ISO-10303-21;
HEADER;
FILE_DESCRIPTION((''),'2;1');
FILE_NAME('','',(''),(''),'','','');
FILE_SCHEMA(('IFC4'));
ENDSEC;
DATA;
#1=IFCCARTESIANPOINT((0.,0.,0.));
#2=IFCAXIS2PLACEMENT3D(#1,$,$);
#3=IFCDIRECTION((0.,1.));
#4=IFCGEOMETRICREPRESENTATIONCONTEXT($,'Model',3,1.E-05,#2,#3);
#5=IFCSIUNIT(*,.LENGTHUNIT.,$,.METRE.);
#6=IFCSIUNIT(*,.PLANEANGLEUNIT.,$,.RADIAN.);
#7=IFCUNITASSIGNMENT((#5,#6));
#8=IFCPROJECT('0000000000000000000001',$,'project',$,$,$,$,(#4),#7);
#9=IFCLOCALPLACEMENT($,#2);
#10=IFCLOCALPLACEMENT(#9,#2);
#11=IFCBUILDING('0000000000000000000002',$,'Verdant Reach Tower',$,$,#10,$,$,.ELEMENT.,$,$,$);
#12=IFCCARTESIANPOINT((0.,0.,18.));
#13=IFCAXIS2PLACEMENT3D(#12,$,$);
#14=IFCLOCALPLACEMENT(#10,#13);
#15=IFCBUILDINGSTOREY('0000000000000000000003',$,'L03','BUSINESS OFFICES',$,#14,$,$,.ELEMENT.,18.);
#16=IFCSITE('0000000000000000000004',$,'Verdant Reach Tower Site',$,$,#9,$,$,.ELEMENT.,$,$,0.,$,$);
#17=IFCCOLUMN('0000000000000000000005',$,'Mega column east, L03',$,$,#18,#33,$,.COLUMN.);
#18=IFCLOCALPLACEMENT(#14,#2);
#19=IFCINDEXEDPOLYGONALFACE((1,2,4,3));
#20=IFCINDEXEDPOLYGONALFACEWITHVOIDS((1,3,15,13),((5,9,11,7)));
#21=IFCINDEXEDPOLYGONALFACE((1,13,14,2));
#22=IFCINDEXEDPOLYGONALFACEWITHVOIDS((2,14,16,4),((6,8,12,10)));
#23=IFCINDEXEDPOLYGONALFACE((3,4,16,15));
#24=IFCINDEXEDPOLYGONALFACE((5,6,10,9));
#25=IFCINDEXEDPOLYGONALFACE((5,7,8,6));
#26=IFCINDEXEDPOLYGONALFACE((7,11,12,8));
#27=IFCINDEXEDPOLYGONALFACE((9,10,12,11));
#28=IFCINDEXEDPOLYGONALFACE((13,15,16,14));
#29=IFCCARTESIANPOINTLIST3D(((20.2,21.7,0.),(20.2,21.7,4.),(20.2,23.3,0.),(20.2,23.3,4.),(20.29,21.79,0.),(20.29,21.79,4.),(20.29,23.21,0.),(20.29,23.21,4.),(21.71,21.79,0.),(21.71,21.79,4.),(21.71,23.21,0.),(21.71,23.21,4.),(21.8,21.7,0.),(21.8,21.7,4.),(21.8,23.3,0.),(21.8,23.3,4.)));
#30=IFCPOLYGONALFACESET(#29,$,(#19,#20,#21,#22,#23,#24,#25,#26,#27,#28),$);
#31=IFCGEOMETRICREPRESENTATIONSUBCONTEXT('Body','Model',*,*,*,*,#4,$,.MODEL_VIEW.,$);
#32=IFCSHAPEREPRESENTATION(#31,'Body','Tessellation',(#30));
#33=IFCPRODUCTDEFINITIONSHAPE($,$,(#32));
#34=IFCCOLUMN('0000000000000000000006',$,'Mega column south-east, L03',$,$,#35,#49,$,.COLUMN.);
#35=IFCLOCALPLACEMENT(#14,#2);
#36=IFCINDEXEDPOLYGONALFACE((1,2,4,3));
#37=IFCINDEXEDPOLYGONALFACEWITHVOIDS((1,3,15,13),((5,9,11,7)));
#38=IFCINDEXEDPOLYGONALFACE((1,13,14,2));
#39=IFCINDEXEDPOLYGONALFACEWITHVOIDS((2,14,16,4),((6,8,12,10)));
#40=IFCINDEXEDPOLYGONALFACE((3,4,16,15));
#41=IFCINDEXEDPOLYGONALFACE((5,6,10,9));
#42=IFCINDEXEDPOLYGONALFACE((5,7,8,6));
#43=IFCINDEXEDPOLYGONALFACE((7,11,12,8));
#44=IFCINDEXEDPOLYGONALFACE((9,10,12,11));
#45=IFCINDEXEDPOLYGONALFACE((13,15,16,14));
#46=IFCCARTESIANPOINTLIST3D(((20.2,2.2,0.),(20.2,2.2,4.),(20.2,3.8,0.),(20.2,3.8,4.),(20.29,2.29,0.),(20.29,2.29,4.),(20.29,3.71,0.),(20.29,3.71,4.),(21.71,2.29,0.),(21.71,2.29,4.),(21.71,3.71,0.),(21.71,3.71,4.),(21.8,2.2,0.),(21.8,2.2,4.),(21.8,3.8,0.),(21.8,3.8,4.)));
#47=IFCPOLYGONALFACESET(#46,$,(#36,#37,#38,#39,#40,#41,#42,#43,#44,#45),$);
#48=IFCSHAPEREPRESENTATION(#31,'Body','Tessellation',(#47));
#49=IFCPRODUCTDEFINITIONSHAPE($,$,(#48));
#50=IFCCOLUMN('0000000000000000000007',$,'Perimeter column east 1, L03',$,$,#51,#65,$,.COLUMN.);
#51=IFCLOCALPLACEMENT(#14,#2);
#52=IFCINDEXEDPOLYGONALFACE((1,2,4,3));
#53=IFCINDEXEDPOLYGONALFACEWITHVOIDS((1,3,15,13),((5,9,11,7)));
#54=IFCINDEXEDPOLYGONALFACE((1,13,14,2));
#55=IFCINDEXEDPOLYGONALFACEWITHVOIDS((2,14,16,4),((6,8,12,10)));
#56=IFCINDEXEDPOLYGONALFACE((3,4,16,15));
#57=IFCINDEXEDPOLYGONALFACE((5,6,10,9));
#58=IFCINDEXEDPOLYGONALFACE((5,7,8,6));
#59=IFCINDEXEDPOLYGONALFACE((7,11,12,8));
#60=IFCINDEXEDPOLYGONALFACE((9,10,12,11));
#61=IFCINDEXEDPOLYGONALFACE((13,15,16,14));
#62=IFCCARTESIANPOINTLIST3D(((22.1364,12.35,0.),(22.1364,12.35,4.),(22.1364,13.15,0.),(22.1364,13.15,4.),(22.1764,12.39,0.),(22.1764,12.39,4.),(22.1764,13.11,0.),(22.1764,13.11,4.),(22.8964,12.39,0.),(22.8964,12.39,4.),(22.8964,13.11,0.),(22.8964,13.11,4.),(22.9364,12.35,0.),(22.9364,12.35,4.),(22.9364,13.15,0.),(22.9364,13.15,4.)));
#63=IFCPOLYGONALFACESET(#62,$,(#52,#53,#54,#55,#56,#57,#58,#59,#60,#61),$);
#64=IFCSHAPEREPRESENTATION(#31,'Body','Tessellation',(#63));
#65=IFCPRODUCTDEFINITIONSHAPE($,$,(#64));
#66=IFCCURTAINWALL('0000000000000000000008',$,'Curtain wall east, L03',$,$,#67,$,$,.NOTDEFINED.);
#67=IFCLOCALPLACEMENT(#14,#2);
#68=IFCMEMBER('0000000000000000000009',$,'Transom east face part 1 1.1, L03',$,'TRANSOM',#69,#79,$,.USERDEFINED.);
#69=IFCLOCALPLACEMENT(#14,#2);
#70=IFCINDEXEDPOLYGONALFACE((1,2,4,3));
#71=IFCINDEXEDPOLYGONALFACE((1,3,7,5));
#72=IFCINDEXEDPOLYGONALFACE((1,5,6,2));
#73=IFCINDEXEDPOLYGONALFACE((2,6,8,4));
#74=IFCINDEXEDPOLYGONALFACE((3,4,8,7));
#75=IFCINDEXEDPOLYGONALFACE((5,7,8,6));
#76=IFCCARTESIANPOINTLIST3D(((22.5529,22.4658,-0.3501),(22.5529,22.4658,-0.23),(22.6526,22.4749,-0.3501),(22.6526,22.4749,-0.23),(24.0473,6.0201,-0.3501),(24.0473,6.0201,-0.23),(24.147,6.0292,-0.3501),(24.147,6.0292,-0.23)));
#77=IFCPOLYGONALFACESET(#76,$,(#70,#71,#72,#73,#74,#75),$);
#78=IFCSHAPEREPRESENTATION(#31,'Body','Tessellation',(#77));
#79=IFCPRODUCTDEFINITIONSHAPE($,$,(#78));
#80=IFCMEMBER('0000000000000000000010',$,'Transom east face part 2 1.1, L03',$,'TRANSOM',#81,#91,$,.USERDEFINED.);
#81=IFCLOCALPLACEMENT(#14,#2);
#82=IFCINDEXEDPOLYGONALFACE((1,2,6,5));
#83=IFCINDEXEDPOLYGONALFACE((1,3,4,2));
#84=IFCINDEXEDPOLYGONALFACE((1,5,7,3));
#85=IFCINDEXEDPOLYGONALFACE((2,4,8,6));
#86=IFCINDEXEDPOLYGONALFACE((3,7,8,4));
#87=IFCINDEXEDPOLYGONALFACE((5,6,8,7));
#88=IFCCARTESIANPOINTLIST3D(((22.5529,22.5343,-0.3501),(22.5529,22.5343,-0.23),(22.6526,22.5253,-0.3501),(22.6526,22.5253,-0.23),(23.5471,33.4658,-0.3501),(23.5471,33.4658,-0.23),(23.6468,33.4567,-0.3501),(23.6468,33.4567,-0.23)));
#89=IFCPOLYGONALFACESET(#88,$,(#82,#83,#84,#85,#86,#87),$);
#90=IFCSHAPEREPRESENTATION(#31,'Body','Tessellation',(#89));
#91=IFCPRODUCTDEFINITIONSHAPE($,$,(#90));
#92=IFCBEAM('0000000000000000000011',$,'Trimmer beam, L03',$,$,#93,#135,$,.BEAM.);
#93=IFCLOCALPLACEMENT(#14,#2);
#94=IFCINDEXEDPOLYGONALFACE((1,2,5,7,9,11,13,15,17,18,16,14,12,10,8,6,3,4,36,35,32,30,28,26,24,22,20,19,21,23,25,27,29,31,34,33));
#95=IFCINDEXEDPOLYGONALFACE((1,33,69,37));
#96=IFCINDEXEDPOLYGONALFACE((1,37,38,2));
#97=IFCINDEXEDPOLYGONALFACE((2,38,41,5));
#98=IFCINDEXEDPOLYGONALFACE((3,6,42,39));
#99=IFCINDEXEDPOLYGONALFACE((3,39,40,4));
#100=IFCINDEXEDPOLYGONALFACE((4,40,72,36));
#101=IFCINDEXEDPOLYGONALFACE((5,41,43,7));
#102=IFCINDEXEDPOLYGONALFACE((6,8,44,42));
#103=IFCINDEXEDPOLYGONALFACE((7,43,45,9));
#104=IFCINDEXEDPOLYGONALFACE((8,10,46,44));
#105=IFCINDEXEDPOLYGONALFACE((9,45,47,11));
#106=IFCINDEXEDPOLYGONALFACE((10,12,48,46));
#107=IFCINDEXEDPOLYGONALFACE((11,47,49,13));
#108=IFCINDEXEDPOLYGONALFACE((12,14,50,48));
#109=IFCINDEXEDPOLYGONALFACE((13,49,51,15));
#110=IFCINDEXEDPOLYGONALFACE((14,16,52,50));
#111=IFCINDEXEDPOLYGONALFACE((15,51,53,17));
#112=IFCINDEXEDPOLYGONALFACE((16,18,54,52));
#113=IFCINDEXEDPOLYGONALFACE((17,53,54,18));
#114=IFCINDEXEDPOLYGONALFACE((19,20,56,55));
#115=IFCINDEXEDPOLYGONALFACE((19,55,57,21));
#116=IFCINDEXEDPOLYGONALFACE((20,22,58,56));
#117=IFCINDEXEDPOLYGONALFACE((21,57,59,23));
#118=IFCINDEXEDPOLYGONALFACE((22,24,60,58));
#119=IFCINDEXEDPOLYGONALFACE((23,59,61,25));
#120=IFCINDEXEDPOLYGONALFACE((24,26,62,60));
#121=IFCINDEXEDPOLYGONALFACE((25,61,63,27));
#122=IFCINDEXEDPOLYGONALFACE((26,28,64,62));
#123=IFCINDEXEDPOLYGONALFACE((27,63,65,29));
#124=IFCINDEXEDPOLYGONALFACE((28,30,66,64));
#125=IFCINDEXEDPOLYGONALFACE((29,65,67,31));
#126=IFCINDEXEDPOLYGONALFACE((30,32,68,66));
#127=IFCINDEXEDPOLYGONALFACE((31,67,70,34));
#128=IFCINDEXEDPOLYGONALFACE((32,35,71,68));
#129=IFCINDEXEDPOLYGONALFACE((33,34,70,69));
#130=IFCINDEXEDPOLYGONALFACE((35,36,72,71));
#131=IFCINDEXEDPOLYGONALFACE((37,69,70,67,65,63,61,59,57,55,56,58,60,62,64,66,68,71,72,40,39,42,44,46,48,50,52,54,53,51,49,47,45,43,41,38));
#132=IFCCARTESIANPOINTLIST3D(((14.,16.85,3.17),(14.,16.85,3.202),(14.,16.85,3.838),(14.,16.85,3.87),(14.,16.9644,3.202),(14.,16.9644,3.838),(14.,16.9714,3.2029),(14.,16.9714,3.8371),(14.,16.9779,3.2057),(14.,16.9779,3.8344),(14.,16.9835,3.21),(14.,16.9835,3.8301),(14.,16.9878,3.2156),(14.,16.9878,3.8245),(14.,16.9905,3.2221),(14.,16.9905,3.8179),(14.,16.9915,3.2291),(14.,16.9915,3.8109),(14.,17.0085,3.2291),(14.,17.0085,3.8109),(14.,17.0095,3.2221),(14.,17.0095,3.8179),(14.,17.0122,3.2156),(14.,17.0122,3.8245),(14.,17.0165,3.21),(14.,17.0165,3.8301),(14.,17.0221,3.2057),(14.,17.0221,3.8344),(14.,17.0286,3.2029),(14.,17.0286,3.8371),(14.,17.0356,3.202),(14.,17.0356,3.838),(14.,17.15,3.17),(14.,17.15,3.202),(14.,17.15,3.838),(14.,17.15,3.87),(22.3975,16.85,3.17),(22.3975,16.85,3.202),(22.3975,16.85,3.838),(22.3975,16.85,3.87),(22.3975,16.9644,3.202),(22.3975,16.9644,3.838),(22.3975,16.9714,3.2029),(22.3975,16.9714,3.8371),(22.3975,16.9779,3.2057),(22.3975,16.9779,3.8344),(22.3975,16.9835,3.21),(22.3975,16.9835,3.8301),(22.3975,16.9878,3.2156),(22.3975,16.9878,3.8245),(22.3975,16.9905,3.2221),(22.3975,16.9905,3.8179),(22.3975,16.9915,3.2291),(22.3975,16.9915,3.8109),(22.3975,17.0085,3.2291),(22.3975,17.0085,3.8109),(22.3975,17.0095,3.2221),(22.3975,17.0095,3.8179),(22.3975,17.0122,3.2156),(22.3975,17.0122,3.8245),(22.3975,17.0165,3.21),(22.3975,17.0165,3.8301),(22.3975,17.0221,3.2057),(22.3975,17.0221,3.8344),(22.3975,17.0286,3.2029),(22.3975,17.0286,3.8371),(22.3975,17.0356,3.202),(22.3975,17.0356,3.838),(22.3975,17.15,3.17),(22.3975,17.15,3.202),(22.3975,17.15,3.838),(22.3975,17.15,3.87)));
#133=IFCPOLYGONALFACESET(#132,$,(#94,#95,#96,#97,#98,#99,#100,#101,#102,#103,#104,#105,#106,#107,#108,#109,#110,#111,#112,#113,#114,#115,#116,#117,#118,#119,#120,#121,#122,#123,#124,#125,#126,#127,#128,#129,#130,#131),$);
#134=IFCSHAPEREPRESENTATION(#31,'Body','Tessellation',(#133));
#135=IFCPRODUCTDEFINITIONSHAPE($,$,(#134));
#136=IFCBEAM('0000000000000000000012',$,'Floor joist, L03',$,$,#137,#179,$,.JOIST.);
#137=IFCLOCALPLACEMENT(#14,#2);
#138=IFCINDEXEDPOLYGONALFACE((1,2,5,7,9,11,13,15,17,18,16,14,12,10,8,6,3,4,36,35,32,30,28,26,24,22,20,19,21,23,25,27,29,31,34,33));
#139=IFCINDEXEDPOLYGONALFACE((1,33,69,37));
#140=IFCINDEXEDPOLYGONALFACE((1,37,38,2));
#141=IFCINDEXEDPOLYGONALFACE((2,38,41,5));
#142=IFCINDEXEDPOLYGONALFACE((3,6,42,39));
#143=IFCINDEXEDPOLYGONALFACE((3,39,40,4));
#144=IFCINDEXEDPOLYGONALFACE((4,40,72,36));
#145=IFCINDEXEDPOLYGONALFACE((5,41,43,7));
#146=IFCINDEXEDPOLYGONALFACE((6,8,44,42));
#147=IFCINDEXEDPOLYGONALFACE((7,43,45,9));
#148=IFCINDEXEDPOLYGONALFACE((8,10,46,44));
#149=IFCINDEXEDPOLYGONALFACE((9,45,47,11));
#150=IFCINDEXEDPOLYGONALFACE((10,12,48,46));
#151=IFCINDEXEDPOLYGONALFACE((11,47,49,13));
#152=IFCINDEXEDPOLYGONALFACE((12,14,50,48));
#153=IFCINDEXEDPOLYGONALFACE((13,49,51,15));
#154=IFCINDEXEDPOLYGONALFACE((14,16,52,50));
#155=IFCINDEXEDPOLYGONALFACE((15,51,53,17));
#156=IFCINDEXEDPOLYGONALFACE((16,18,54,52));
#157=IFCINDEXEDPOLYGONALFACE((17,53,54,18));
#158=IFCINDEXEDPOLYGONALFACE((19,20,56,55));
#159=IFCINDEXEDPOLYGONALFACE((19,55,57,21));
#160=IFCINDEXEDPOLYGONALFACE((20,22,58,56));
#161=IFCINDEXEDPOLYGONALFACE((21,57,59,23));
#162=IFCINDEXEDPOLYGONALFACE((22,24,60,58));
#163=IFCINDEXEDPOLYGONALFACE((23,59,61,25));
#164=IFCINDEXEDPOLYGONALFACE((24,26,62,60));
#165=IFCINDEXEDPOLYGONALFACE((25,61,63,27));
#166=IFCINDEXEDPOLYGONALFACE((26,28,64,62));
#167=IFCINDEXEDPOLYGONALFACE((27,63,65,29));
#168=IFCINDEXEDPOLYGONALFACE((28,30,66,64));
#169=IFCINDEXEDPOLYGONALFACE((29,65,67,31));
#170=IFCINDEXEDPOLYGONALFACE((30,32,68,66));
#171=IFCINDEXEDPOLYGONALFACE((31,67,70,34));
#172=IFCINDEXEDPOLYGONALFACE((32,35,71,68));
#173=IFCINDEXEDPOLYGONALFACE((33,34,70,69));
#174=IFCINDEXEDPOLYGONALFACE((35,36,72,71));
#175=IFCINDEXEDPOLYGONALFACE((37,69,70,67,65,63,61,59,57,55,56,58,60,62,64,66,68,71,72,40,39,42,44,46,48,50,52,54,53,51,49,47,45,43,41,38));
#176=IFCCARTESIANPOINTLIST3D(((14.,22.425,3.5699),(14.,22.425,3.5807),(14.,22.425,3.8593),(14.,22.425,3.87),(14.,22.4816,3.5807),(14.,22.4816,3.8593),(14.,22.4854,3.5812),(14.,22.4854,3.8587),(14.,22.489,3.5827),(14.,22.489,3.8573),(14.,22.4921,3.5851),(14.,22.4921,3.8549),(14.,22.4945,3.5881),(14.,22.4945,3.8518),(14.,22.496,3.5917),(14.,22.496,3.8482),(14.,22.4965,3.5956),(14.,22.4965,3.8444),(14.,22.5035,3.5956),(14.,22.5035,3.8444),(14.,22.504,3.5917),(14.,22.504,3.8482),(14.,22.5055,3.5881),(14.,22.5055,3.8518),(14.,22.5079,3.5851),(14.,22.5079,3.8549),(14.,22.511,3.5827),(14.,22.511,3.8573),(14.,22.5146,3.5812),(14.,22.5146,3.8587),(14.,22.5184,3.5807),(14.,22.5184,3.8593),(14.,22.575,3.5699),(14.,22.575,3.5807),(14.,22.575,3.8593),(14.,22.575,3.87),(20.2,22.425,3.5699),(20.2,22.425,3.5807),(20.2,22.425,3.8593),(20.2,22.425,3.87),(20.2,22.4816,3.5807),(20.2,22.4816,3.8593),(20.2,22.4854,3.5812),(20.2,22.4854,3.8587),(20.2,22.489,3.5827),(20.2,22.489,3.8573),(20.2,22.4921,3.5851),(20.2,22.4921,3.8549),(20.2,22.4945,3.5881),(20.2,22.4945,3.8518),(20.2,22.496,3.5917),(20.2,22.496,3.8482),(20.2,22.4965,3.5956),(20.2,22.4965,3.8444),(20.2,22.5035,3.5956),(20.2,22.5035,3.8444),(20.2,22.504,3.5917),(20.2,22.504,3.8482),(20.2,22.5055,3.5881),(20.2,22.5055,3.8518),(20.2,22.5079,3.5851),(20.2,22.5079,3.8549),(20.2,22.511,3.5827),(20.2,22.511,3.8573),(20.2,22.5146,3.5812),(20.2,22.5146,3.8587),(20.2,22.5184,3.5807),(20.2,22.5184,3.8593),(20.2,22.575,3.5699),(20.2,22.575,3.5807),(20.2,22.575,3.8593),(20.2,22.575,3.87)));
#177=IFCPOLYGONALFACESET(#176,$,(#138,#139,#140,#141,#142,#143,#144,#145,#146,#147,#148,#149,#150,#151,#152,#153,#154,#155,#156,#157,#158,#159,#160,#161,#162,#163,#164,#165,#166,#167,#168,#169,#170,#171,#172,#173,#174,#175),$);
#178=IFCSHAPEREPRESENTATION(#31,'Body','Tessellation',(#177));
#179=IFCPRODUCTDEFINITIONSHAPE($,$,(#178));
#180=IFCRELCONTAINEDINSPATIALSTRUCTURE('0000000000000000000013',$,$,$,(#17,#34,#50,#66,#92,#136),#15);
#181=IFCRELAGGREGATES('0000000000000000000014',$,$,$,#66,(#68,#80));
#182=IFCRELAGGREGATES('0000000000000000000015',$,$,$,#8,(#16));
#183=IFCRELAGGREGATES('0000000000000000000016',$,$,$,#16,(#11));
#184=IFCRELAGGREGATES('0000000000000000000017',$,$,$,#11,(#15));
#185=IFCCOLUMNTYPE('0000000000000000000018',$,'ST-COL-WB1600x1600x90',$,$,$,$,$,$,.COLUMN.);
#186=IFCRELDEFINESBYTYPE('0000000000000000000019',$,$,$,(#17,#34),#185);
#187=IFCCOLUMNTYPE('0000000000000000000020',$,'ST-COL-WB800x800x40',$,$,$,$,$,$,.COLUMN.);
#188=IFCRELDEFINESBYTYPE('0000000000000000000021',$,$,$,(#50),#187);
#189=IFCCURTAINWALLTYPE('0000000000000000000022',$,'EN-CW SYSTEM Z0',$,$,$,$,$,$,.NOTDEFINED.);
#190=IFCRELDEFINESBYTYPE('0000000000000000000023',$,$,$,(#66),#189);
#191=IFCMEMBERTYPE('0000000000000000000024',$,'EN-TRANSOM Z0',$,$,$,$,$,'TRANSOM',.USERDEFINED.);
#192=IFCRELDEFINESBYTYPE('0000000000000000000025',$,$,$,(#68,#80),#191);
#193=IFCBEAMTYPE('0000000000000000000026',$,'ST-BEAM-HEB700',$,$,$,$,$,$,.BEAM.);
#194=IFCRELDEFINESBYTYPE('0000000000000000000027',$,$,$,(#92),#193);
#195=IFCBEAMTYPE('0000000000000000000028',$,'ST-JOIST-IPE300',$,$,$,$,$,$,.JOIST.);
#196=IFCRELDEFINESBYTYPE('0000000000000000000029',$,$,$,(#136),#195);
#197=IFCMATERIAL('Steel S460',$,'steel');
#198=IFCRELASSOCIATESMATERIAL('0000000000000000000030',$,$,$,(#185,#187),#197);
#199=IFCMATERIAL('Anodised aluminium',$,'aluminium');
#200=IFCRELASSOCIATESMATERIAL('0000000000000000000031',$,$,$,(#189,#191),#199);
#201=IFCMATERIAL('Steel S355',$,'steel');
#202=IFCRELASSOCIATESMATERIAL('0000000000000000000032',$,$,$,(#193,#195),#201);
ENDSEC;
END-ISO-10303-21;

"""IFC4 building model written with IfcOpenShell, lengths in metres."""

from ifc_helpers import new_model, si_unit, direction, frame, origin, origin_2d, place, context, subcontext, project, spatial, rectangle, hollow_rectangle, i_section, extrude, material, material_profile, profile_set, type_object, element, aggregate, save


model = new_model("IFC4")

# Units and contexts
model_context = context("Model", 3, precision=1e-05, world=origin(), true_north=direction((0.0, 1.0)))
body_context = subcontext(model_context, "Body", "Model", "MODEL_VIEW")
ifc_project = project(units=[si_unit("LENGTHUNIT", "METRE"), si_unit("PLANEANGLEUNIT", "RADIAN")], contexts=[model_context])

# Site, building, storey
site_placement = place(None, origin())
site = spatial("IfcSite", under=ifc_project, at=site_placement, Name="Verdant Reach Tower Site", CompositionType="ELEMENT", RefElevation=0.0)
building_placement = place(site_placement, origin())
building = spatial("IfcBuilding", under=site, at=building_placement, Name="Verdant Reach Tower", CompositionType="ELEMENT")
storey_placement = place(building_placement, frame((0.0, 0.0, 18.0)))
storey = spatial("IfcBuildingStorey", under=building, at=storey_placement, Name="L03", Description="BUSINESS OFFICES", CompositionType="ELEMENT", Elevation=18.0)

# Columns
ifc_material_1 = material(Name="Steel S460", Category="steel")
ifc_material_profile_1 = material_profile(ifc_material_1, hollow_rectangle(XDim=1.6001, YDim=1.6001, WallThickness=0.0901, at=origin_2d()), Name="WB 1600x1600x90")
ifc_profile_set_1 = profile_set([ifc_material_profile_1], Name="Steel S460")
column_type_1 = type_object("IfcColumnType", Name="ST-COL-WB1600x1600x90", PredefinedType="COLUMN", material=ifc_profile_set_1)
for number, where, z_axis, x_axis, name in (
    (1, (21.0, 22.5, 0.0), (0.0, 0.0, 1.0), (1.0, 0.0, 0.0), "Mega column east, L03"),
    (2, (21.0, 3.0, 0.0), (0.0, 0.0, 1.0), (1.0, 0.0, 0.0), "Mega column south-east, L03"),
):
    element("IfcColumn", number, at=place(storey_placement, frame(where, z_axis=z_axis, x_axis=x_axis)), inside=storey, type_object=column_type_1, Name=name, PredefinedType="COLUMN", context=body_context, shape_type="SweptSolid", body=[
        extrude(hollow_rectangle(XDim=1.6001, YDim=1.6001, WallThickness=0.0901, at=origin_2d()), origin(), (0.0, 0.0, 1.0), 4.0),
    ])
ifc_material_profile_2 = material_profile(ifc_material_1, hollow_rectangle(XDim=0.8, YDim=0.8, WallThickness=0.04, at=origin_2d()), Name="WB 800x800x40")
ifc_profile_set_2 = profile_set([ifc_material_profile_2], Name="Steel S460")
column_type_2 = type_object("IfcColumnType", Name="ST-COL-WB800x800x40", PredefinedType="COLUMN", material=ifc_profile_set_2)
column_placement = place(storey_placement, frame((22.5364, 12.75, 0.0), z_axis=(0.0, 0.0, 1.0), x_axis=(1.0, 0.0, 0.0)))
element("IfcColumn", 3, at=column_placement, inside=storey, type_object=column_type_2, Name="Perimeter column east 1, L03", PredefinedType="COLUMN", context=body_context, shape_type="SweptSolid", body=[
    extrude(hollow_rectangle(XDim=0.8, YDim=0.8, WallThickness=0.04, at=origin_2d()), origin(), (0.0, 0.0, 1.0), 4.0),
])

# Curtain wall, members
ifc_material_2 = material(Name="Anodised aluminium", Category="aluminium")
curtain_wall_type = type_object("IfcCurtainWallType", Name="EN-CW SYSTEM Z0", PredefinedType="NOTDEFINED", material=ifc_material_2)
curtain_wall_1_placement = place(storey_placement, origin())
curtain_wall_1 = element("IfcCurtainWall", 4, at=curtain_wall_1_placement, inside=storey, type_object=curtain_wall_type, Name="Curtain wall east, L03", PredefinedType="NOTDEFINED")
ifc_material_profile_3 = material_profile(ifc_material_2, rectangle(XDim=0.1001, YDim=0.1201, at=origin_2d()), Name="Transom 120x100")
ifc_profile_set_3 = profile_set([ifc_material_profile_3], Name="Anodised aluminium")
member_type = type_object("IfcMemberType", Name="EN-TRANSOM Z0", ElementType="TRANSOM", PredefinedType="USERDEFINED", material=ifc_profile_set_3)
member_1_placement = place(storey_placement, frame((24.0972, 6.0247, -0.29), z_axis=(-0.090496, 0.995897, 0.0), x_axis=(-0.995897, -0.090496, 0.0)))
member_1 = element("IfcMember", 5, at=member_1_placement, type_object=member_type, Name="Transom east face part 1 1.1, L03", ObjectType="TRANSOM", PredefinedType="USERDEFINED", context=body_context, shape_type="SweptSolid", body=[
    extrude(rectangle(XDim=0.1001, YDim=0.1201, at=origin_2d()), origin(), (0.0, 0.0, 1.0), 16.5134),
])
member_2_placement = place(storey_placement, frame((22.6028, 22.5298, -0.29), z_axis=(0.09057, 0.99589, 0.0), x_axis=(-0.99589, 0.09057, 0.0)))
member_2 = element("IfcMember", 6, at=member_2_placement, type_object=member_type, Name="Transom east face part 2 1.1, L03", ObjectType="TRANSOM", PredefinedType="USERDEFINED", context=body_context, shape_type="SweptSolid", body=[
    extrude(rectangle(XDim=0.1001, YDim=0.1201, at=origin_2d()), origin(), (0.0, 0.0, 1.0), 10.9766),
])

# Beams
ifc_material_3 = material(Name="Steel S355", Category="steel")
ifc_material_profile_4 = material_profile(ifc_material_3, i_section(OverallWidth=0.3, OverallDepth=0.7, WebThickness=0.0171, FlangeThickness=0.032, FilletRadius=0.0271, at=origin_2d()), Name="HEB 700")
ifc_profile_set_4 = profile_set([ifc_material_profile_4], Name="Steel S355")
beam_type_1 = type_object("IfcBeamType", Name="ST-BEAM-HEB700", PredefinedType="BEAM", material=ifc_profile_set_4)
beam_1_placement = place(storey_placement, frame((14.0, 17.0, 3.52), z_axis=(1.0, 0.0, 0.0), x_axis=(0.0, 1.0, 0.0)))
element("IfcBeam", 7, at=beam_1_placement, inside=storey, type_object=beam_type_1, Name="Trimmer beam, L03", PredefinedType="BEAM", context=body_context, shape_type="SweptSolid", body=[
    extrude(i_section(OverallWidth=0.3, OverallDepth=0.7, WebThickness=0.0171, FlangeThickness=0.032, FilletRadius=0.0271, at=origin_2d()), origin(), (0.0, 0.0, 1.0), 8.3975),
])
ifc_material_profile_5 = material_profile(ifc_material_3, i_section(OverallWidth=0.1499, OverallDepth=0.3, WebThickness=0.0071, FlangeThickness=0.0107, FilletRadius=0.0149, at=origin_2d()), Name="IPE 300")
ifc_profile_set_5 = profile_set([ifc_material_profile_5], Name="Steel S355")
beam_type_2 = type_object("IfcBeamType", Name="ST-JOIST-IPE300", PredefinedType="JOIST", material=ifc_profile_set_5)
beam_2_placement = place(storey_placement, frame((14.0, 22.5, 3.72), z_axis=(1.0, 0.0, 0.0), x_axis=(0.0, 1.0, 0.0)))
element("IfcBeam", 8, at=beam_2_placement, inside=storey, type_object=beam_type_2, Name="Floor joist, L03", PredefinedType="JOIST", context=body_context, shape_type="SweptSolid", body=[
    extrude(i_section(OverallWidth=0.1499, OverallDepth=0.3, WebThickness=0.0071, FlangeThickness=0.0107, FilletRadius=0.0149, at=origin_2d()), origin(), (0.0, 0.0, 1.0), 6.2),
])

aggregate(curtain_wall_1, [member_1, member_2])

save(model, "model.ifc")
